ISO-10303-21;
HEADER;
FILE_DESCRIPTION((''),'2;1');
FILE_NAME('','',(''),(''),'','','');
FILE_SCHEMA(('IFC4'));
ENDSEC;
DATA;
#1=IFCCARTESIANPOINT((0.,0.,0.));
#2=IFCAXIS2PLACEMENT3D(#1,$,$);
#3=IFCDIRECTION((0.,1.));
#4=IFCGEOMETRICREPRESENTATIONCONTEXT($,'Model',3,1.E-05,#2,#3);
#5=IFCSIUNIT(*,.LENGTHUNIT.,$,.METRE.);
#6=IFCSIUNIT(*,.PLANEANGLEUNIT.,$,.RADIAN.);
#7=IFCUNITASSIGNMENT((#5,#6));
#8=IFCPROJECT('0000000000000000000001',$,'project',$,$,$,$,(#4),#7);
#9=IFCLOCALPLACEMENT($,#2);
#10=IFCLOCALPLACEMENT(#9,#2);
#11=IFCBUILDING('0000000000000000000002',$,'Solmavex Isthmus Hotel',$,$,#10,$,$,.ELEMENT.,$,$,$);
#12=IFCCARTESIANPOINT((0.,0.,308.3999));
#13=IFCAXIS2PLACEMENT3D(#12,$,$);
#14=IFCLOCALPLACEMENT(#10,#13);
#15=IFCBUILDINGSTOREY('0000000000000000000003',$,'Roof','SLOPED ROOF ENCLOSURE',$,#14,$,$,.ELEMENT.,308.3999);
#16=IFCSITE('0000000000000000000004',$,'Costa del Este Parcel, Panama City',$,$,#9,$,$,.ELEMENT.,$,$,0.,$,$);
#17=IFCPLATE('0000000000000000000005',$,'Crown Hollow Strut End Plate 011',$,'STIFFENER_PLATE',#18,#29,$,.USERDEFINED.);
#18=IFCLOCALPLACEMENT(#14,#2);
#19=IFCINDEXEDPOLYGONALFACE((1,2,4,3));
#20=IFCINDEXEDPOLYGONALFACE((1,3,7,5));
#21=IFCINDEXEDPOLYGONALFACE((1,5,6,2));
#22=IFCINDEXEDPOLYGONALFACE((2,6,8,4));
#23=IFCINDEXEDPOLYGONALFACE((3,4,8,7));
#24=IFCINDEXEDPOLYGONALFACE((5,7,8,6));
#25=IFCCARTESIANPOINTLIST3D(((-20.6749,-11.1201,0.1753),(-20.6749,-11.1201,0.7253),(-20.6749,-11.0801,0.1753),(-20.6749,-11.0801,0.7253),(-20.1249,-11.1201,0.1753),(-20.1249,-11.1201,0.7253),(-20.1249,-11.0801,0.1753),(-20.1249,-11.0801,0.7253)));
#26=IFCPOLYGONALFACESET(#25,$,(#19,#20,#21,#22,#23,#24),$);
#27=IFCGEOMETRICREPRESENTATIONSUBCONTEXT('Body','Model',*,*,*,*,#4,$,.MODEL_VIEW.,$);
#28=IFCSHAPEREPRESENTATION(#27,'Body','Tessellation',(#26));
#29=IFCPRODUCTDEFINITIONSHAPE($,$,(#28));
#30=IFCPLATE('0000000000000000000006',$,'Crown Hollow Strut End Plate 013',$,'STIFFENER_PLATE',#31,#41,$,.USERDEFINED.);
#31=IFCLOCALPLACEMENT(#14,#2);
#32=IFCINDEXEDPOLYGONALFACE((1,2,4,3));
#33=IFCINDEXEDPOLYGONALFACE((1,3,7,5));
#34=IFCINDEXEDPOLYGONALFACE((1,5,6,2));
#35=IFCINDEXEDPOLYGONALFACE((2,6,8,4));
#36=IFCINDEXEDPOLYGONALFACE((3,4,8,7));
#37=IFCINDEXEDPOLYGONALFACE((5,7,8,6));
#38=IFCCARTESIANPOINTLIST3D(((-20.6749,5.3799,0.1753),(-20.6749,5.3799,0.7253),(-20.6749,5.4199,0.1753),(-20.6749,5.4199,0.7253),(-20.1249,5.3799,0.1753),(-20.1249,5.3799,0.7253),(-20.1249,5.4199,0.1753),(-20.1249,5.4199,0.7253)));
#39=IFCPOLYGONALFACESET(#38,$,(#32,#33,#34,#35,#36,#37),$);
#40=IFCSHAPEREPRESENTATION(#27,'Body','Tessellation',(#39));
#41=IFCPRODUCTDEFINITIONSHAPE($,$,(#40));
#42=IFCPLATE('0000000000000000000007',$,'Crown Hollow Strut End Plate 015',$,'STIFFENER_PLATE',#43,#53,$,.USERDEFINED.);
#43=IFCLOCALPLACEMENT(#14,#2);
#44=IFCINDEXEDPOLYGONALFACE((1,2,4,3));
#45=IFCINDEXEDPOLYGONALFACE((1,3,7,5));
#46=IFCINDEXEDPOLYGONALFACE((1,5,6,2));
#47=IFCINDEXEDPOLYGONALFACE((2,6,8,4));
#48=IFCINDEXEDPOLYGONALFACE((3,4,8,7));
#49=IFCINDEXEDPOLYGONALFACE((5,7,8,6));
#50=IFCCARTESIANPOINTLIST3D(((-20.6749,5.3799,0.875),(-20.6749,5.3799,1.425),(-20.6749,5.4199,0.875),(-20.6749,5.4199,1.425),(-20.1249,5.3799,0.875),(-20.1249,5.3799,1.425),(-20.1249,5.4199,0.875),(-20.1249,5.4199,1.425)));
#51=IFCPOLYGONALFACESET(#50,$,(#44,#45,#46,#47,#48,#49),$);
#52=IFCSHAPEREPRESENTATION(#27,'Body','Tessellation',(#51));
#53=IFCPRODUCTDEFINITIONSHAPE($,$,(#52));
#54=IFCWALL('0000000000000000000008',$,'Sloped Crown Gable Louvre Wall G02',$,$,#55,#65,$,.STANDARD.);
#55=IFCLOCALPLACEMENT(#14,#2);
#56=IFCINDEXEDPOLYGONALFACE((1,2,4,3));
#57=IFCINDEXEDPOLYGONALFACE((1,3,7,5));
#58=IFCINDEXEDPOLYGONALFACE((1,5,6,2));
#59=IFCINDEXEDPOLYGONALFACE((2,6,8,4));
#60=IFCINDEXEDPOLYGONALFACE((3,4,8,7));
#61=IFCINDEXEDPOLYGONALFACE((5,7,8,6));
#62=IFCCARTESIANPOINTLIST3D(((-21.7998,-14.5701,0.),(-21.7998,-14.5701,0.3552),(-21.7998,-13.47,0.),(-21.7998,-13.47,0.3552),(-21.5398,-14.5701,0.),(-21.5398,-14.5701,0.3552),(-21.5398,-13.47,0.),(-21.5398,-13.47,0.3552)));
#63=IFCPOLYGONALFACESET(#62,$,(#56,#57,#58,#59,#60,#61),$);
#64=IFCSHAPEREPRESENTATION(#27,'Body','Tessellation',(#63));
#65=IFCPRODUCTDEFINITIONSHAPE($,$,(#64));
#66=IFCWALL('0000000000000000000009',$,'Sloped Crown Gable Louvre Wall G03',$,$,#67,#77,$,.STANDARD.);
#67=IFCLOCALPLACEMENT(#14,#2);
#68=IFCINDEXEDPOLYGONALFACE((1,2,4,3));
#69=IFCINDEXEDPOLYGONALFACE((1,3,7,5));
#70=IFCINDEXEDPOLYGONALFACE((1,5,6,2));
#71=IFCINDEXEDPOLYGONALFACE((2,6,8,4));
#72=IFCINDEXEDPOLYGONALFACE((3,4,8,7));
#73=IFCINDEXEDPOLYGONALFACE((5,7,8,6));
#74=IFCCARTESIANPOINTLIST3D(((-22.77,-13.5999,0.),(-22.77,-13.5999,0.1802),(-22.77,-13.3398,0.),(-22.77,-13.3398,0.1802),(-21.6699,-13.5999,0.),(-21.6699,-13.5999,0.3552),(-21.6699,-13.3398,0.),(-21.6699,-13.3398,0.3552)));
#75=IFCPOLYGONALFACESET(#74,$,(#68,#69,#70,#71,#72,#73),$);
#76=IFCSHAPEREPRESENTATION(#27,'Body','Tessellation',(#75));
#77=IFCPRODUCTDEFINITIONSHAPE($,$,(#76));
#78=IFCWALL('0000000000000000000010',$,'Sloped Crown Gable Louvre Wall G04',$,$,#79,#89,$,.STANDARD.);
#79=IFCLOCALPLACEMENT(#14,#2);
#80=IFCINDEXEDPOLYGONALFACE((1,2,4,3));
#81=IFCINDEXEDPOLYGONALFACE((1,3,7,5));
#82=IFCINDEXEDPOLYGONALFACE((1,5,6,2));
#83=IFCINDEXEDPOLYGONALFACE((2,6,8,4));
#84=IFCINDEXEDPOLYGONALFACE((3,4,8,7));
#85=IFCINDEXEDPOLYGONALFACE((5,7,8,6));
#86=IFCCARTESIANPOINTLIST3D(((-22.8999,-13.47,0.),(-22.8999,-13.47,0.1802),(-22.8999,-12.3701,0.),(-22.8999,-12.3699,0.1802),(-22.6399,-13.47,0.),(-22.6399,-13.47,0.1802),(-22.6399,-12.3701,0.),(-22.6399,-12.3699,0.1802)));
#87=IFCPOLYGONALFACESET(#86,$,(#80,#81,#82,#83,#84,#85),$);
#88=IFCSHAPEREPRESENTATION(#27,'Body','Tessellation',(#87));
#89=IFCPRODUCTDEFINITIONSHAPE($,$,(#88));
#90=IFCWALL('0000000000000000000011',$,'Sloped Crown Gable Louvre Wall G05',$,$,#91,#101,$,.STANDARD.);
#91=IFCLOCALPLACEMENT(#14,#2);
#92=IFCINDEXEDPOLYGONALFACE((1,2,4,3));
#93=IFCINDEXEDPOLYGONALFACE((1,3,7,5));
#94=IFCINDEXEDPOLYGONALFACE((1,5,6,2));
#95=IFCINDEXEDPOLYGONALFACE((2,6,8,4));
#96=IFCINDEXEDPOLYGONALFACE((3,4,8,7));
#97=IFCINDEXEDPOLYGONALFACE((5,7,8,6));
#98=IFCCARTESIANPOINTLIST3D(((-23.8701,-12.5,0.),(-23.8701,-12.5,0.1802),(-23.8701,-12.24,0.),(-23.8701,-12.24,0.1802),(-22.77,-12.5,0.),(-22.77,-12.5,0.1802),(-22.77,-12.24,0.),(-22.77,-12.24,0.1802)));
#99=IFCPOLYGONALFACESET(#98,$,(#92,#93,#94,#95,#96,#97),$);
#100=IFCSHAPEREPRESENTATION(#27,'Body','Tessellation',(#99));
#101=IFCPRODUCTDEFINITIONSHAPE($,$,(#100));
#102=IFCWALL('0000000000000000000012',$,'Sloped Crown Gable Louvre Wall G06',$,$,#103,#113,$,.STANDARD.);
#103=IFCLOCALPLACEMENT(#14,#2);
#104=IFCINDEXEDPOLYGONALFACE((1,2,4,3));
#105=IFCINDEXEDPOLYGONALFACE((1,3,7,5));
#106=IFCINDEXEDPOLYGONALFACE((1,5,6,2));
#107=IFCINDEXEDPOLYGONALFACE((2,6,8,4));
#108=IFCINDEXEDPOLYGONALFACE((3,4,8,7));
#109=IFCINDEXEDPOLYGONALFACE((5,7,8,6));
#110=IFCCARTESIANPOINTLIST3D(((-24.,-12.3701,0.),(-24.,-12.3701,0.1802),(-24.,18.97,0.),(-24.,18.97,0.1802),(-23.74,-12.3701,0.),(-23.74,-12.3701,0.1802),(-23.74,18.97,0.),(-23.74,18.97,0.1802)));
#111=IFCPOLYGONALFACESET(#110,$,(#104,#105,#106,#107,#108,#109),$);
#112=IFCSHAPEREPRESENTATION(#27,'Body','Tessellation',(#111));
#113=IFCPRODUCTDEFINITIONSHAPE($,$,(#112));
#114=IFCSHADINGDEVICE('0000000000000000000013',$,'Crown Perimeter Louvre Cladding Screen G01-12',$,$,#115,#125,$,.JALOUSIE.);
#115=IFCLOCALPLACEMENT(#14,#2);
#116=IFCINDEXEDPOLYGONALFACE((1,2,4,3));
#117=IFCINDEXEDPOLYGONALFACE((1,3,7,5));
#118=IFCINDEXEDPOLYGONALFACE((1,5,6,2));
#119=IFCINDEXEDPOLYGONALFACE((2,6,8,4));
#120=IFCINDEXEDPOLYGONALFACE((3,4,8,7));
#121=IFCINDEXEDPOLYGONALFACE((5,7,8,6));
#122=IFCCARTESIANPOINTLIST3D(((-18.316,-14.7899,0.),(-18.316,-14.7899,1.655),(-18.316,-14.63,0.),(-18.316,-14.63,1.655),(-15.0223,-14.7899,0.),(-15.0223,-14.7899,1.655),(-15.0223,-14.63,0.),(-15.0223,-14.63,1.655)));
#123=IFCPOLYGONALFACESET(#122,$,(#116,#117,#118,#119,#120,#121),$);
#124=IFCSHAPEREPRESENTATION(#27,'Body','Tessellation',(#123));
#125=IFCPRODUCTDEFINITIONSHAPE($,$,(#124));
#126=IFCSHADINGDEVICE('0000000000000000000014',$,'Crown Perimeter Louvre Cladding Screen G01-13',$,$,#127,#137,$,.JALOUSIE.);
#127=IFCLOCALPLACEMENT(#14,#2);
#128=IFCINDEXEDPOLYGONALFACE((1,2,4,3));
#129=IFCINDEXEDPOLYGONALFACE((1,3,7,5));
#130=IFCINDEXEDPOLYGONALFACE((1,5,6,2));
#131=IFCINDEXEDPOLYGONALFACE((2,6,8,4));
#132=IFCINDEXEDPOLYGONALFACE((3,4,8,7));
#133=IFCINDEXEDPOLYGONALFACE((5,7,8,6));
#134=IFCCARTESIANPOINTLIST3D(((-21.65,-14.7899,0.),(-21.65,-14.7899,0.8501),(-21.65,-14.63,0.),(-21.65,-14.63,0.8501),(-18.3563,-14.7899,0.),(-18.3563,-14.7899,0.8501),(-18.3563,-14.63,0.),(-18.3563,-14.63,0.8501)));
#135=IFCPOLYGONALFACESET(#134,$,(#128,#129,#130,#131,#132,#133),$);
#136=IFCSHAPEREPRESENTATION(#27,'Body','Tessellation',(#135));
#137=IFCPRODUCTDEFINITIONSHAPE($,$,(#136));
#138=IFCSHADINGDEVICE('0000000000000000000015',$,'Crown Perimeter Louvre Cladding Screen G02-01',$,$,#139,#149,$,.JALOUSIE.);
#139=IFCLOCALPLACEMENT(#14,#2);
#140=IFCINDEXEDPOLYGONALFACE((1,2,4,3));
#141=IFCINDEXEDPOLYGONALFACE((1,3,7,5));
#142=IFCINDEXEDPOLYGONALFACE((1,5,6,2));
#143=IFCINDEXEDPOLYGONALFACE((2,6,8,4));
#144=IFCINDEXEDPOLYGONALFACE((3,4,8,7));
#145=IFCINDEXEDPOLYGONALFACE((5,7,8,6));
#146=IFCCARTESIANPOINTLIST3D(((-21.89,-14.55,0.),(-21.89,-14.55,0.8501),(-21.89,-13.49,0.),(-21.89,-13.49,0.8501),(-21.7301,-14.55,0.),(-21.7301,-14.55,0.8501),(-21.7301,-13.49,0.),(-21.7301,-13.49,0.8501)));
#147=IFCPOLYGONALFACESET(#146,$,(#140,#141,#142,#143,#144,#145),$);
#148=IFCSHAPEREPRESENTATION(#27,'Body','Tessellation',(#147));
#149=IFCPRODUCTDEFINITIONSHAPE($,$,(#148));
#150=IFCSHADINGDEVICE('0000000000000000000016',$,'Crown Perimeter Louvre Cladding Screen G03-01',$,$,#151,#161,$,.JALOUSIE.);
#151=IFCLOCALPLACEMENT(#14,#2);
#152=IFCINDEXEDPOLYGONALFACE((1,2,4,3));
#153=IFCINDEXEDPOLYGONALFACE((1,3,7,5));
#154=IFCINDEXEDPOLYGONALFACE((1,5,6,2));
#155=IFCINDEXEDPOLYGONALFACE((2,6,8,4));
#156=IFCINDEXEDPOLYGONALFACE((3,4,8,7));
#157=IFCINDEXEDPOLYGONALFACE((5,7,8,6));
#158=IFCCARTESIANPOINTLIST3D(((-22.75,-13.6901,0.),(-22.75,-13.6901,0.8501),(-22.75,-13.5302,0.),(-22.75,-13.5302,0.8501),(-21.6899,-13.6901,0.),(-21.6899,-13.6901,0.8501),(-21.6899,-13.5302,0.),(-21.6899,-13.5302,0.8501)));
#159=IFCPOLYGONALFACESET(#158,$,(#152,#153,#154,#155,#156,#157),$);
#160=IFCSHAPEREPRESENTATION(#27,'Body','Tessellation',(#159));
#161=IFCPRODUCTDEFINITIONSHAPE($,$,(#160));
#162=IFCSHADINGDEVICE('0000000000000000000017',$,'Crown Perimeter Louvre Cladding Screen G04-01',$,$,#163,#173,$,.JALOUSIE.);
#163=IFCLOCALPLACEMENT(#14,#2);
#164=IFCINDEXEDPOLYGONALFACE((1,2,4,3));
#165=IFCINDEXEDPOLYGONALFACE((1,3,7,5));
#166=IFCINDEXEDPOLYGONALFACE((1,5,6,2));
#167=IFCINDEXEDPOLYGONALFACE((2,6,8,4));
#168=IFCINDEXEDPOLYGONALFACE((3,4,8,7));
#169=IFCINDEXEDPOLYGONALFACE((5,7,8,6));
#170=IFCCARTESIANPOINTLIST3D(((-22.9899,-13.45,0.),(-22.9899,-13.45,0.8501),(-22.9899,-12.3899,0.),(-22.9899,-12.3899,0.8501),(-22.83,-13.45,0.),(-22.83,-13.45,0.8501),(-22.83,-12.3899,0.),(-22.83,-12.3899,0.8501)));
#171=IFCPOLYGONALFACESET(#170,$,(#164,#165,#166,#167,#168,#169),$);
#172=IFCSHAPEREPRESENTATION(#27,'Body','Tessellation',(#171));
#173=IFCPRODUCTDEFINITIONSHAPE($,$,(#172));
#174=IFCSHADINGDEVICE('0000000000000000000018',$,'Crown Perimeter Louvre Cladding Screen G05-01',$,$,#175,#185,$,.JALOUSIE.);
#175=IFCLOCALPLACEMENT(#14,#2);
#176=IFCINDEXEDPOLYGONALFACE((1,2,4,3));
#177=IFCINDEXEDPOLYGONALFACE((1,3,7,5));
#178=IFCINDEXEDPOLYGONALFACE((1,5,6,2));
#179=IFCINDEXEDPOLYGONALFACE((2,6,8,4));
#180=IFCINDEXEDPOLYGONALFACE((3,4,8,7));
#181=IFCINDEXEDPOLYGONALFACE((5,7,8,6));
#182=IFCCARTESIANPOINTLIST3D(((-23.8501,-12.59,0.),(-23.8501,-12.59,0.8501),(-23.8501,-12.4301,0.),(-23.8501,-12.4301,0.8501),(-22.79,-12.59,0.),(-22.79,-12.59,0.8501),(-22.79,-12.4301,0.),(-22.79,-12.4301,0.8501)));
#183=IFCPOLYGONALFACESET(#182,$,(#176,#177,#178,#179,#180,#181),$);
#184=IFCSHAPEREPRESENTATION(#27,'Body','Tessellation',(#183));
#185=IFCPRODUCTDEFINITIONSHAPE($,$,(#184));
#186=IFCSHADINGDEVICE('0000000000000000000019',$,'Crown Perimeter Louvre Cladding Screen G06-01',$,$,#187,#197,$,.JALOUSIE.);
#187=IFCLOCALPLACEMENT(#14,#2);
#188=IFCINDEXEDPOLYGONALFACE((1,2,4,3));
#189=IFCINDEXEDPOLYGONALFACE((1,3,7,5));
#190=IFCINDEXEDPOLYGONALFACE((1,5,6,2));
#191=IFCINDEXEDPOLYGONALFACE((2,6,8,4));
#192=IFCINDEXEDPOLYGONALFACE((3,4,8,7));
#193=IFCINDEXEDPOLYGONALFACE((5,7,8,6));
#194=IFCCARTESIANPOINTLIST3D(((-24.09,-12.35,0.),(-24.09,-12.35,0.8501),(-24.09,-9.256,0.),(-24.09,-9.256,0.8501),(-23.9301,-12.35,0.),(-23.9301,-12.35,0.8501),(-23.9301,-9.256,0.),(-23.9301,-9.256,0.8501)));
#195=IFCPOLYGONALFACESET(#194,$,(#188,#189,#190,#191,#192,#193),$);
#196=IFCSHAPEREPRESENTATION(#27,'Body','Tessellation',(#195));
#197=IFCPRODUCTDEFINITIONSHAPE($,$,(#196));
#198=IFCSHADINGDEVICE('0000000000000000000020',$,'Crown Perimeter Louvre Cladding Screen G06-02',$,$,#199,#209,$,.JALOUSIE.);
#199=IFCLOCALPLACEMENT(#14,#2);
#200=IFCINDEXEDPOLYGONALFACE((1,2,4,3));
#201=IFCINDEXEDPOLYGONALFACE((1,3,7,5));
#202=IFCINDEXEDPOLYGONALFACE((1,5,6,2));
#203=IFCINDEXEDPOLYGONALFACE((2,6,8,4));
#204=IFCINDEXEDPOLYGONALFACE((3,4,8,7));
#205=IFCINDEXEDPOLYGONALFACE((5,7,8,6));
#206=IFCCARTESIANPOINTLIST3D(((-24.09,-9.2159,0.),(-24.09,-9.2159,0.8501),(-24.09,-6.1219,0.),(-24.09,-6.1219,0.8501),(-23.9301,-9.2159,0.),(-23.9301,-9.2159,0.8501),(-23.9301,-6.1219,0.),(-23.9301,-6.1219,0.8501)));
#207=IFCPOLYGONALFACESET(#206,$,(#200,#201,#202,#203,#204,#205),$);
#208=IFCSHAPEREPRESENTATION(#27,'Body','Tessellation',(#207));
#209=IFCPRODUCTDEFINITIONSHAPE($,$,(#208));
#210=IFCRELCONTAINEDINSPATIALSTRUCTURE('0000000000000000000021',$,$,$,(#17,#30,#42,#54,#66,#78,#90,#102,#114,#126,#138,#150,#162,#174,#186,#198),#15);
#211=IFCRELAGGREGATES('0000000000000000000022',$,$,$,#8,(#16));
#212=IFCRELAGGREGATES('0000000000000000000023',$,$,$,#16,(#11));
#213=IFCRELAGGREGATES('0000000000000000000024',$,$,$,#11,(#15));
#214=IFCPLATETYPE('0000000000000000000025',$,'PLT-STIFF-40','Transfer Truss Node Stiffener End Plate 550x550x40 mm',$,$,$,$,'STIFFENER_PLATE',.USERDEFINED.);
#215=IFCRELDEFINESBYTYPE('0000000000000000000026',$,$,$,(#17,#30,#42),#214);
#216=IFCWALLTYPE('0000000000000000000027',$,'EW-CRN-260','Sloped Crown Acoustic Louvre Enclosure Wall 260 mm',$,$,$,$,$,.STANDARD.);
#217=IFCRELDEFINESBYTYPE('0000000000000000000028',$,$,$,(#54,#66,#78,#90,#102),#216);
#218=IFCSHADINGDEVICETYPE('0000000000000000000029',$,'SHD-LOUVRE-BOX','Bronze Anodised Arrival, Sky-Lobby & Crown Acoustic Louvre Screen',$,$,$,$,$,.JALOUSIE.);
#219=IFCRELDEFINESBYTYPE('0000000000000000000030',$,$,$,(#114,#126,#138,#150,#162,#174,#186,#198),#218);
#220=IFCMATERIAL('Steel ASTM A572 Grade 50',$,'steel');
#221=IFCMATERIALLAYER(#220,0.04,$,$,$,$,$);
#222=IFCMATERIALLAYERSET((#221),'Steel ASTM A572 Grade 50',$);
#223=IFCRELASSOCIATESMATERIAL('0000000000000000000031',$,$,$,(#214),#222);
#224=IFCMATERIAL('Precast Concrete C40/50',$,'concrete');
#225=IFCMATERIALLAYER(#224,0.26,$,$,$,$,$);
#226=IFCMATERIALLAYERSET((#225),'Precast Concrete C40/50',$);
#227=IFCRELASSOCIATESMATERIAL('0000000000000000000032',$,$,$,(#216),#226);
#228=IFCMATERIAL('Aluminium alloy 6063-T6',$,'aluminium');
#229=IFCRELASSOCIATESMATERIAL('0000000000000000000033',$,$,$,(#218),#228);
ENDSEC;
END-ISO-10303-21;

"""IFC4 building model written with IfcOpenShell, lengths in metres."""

from ifc_helpers import new_model, si_unit, direction, frame, origin, origin_2d, place, context, subcontext, project, spatial, polyline, rectangle, outline, extrude, material, layer, layer_set, type_object, element, save


model = new_model("IFC4")

# Units and contexts
model_context = context("Model", 3, precision=1e-05, world=origin(), true_north=direction((0.0, 1.0)))
body_context = subcontext(model_context, "Body", "Model", "MODEL_VIEW")
ifc_project = project(units=[si_unit("LENGTHUNIT", "METRE"), si_unit("PLANEANGLEUNIT", "RADIAN")], contexts=[model_context])

# Site, building, storey
site_placement = place(None, origin())
site = spatial("IfcSite", under=ifc_project, at=site_placement, Name="Costa del Este Parcel, Panama City", CompositionType="ELEMENT", RefElevation=0.0)
building_placement = place(site_placement, origin())
building = spatial("IfcBuilding", under=site, at=building_placement, Name="Solmavex Isthmus Hotel", CompositionType="ELEMENT")
storey_placement = place(building_placement, frame((0.0, 0.0, 308.3999)))
storey = spatial("IfcBuildingStorey", under=building, at=storey_placement, Name="Roof", Description="SLOPED ROOF ENCLOSURE", CompositionType="ELEMENT", Elevation=308.3999)

# Plates
ifc_material_1 = material(Name="Steel ASTM A572 Grade 50", Category="steel")
ifc_layer_1 = layer(ifc_material_1, 0.04)
ifc_layer_set_1 = layer_set([ifc_layer_1], Name="Steel ASTM A572 Grade 50")
plate_type = type_object("IfcPlateType", Name="PLT-STIFF-40", Description="Transfer Truss Node Stiffener End Plate 550x550x40 mm", ElementType="STIFFENER_PLATE", PredefinedType="USERDEFINED", material=ifc_layer_set_1)
for number, where, z_axis, x_axis, name in (
    (1, (-20.3999, -11.1001, 0.1753), (0.0, 0.0, 1.0), (1.0, 0.0, 0.0), "Crown Hollow Strut End Plate 011"),
    (2, (-20.3999, 5.3999, 0.1753), (0.0, 0.0, 1.0), (1.0, 0.0, 0.0), "Crown Hollow Strut End Plate 013"),
    (3, (-20.3999, 5.3999, 0.875), (0.0, 0.0, 1.0), (1.0, 0.0, 0.0), "Crown Hollow Strut End Plate 015"),
):
    element("IfcPlate", number, at=place(storey_placement, frame(where, z_axis=z_axis, x_axis=x_axis)), inside=storey, type_object=plate_type, Name=name, ObjectType="STIFFENER_PLATE", PredefinedType="USERDEFINED", context=body_context, shape_type="SweptSolid", body=[
        extrude(rectangle(XDim=0.55, YDim=0.04, at=origin_2d()), origin(), (0.0, 0.0, 1.0), 0.55),
    ])

# Walls
ifc_material_2 = material(Name="Precast Concrete C40/50", Category="concrete")
ifc_layer_2 = layer(ifc_material_2, 0.26)
ifc_layer_set_2 = layer_set([ifc_layer_2], Name="Precast Concrete C40/50")
wall_type = type_object("IfcWallType", Name="EW-CRN-260", Description="Sloped Crown Acoustic Louvre Enclosure Wall 260 mm", PredefinedType="STANDARD", material=ifc_layer_set_2)
wall_1_placement = place(storey_placement, frame((-21.6699, -14.5701, 0.0), z_axis=(0.0, 0.0, 1.0), x_axis=(0.0, 1.0, 0.0)))
element("IfcWall", 4, at=wall_1_placement, inside=storey, type_object=wall_type, Name="Sloped Crown Gable Louvre Wall G02", PredefinedType="STANDARD", context=body_context, shape_type="SweptSolid", body=[
    extrude(outline(polyline([(0.0, 0.0), (1.1001, 0.0), (1.1001, 0.3552), (0.0, 0.3552), (0.0, 0.0)])), frame((0.0, 0.1299, 0.0), z_axis=(0.0, -1.0, 0.0), x_axis=(1.0, 0.0, 0.0)), (0.0, 0.0, 1.0), 0.26),
])
wall_2_placement = place(storey_placement, frame((-21.6699, -13.47, 0.0), z_axis=(0.0, 0.0, 1.0), x_axis=(-1.0, 0.0, 0.0)))
element("IfcWall", 5, at=wall_2_placement, inside=storey, type_object=wall_type, Name="Sloped Crown Gable Louvre Wall G03", PredefinedType="STANDARD", context=body_context, shape_type="SweptSolid", body=[
    extrude(outline(polyline([(0.0, 0.0), (1.1001, 0.0), (1.1001, 0.1802), (0.0, 0.3552), (0.0, 0.0)])), frame((0.0, 0.1299, 0.0), z_axis=(0.0, -1.0, 0.0), x_axis=(1.0, 0.0, 0.0)), (0.0, 0.0, 1.0), 0.26),
])
wall_3_placement = place(storey_placement, frame((-22.77, -13.47, 0.0), z_axis=(0.0, 0.0, 1.0), x_axis=(0.0, 1.0, 0.0)))
element("IfcWall", 6, at=wall_3_placement, inside=storey, type_object=wall_type, Name="Sloped Crown Gable Louvre Wall G04", PredefinedType="STANDARD", context=body_context, shape_type="SweptSolid", body=[
    extrude(outline(polyline([(0.0, 0.0), (1.0999, 0.0), (1.1001, 0.1802), (0.0, 0.1802), (0.0, 0.0)])), frame((0.0, 0.1299, 0.0), z_axis=(0.0, -1.0, 0.0), x_axis=(1.0, 0.0, 0.0)), (0.0, 0.0, 1.0), 0.26),
])
wall_4_placement = place(storey_placement, frame((-22.77, -12.3701, 0.0), z_axis=(0.0, 0.0, 1.0), x_axis=(-1.0, 0.0, 0.0)))
element("IfcWall", 7, at=wall_4_placement, inside=storey, type_object=wall_type, Name="Sloped Crown Gable Louvre Wall G05", PredefinedType="STANDARD", context=body_context, shape_type="SweptSolid", body=[
    extrude(outline(polyline([(0.0, 0.0), (1.1001, 0.0), (1.1001, 0.1802), (0.0, 0.1802), (0.0, 0.0)])), frame((0.0, 0.1299, 0.0), z_axis=(0.0, -1.0, 0.0), x_axis=(1.0, 0.0, 0.0)), (0.0, 0.0, 1.0), 0.26),
])
wall_5_placement = place(storey_placement, frame((-23.8701, -12.3701, 0.0), z_axis=(0.0, 0.0, 1.0), x_axis=(0.0, 1.0, 0.0)))
element("IfcWall", 8, at=wall_5_placement, inside=storey, type_object=wall_type, Name="Sloped Crown Gable Louvre Wall G06", PredefinedType="STANDARD", context=body_context, shape_type="SweptSolid", body=[
    extrude(outline(polyline([(0.0, 0.0), (31.3401, 0.0), (31.3401, 0.1802), (0.0, 0.1802), (0.0, 0.0)])), frame((0.0, 0.1299, 0.0), z_axis=(0.0, -1.0, 0.0), x_axis=(1.0, 0.0, 0.0)), (0.0, 0.0, 1.0), 0.26),
])

# Shading devices
ifc_material_3 = material(Name="Aluminium alloy 6063-T6", Category="aluminium")
shading_device_type = type_object("IfcShadingDeviceType", Name="SHD-LOUVRE-BOX", Description="Bronze Anodised Arrival, Sky-Lobby & Crown Acoustic Louvre Screen", PredefinedType="JALOUSIE", material=ifc_material_3)
shading_device_1_placement = place(storey_placement, frame((-16.6692, -14.71, 0.0), z_axis=(0.0, 0.0, 1.0), x_axis=(-1.0, 0.0, 0.0)))
element("IfcShadingDevice", 9, at=shading_device_1_placement, inside=storey, type_object=shading_device_type, Name="Crown Perimeter Louvre Cladding Screen G01-12", PredefinedType="JALOUSIE", context=body_context, shape_type="SweptSolid", body=[
    extrude(rectangle(XDim=3.2937, YDim=0.1599, at=origin_2d()), origin(), (0.0, 0.0, 1.0), 1.655),
])
shading_device_2_placement = place(storey_placement, frame((-20.0032, -14.71, 0.0), z_axis=(0.0, 0.0, 1.0), x_axis=(-1.0, 0.0, 0.0)))
element("IfcShadingDevice", 10, at=shading_device_2_placement, inside=storey, type_object=shading_device_type, Name="Crown Perimeter Louvre Cladding Screen G01-13", PredefinedType="JALOUSIE", context=body_context, shape_type="SweptSolid", body=[
    extrude(rectangle(XDim=3.2937, YDim=0.1599, at=origin_2d()), origin(), (0.0, 0.0, 1.0), 0.8501),
])
for number, where, z_axis, x_axis, name in (
    (11, (-21.8101, -14.02, 0.0), (0.0, 0.0, 1.0), (0.0, 1.0, 0.0), "Crown Perimeter Louvre Cladding Screen G02-01"),
    (12, (-22.22, -13.6101, 0.0), (0.0, 0.0, 1.0), (-1.0, 0.0, 0.0), "Crown Perimeter Louvre Cladding Screen G03-01"),
    (13, (-22.9099, -12.9199, 0.0), (0.0, 0.0, 1.0), (0.0, 1.0, 0.0), "Crown Perimeter Louvre Cladding Screen G04-01"),
    (14, (-23.3201, -12.51, 0.0), (0.0, 0.0, 1.0), (-1.0, 0.0, 0.0), "Crown Perimeter Louvre Cladding Screen G05-01"),
):
    element("IfcShadingDevice", number, at=place(storey_placement, frame(where, z_axis=z_axis, x_axis=x_axis)), inside=storey, type_object=shading_device_type, Name=name, PredefinedType="JALOUSIE", context=body_context, shape_type="SweptSolid", body=[
        extrude(rectangle(XDim=1.0601, YDim=0.1599, at=origin_2d()), origin(), (0.0, 0.0, 1.0), 0.8501),
    ])
for number, where, z_axis, x_axis, name in (
    (15, (-24.01, -10.803, 0.0), (0.0, 0.0, 1.0), (0.0, 1.0, 0.0), "Crown Perimeter Louvre Cladding Screen G06-01"),
    (16, (-24.01, -7.6689, 0.0), (0.0, 0.0, 1.0), (0.0, 1.0, 0.0), "Crown Perimeter Louvre Cladding Screen G06-02"),
):
    element("IfcShadingDevice", number, at=place(storey_placement, frame(where, z_axis=z_axis, x_axis=x_axis)), inside=storey, type_object=shading_device_type, Name=name, PredefinedType="JALOUSIE", context=body_context, shape_type="SweptSolid", body=[
        extrude(rectangle(XDim=3.094, YDim=0.1599, at=origin_2d()), origin(), (0.0, 0.0, 1.0), 0.8501),
    ])

save(model, "model.ifc")
